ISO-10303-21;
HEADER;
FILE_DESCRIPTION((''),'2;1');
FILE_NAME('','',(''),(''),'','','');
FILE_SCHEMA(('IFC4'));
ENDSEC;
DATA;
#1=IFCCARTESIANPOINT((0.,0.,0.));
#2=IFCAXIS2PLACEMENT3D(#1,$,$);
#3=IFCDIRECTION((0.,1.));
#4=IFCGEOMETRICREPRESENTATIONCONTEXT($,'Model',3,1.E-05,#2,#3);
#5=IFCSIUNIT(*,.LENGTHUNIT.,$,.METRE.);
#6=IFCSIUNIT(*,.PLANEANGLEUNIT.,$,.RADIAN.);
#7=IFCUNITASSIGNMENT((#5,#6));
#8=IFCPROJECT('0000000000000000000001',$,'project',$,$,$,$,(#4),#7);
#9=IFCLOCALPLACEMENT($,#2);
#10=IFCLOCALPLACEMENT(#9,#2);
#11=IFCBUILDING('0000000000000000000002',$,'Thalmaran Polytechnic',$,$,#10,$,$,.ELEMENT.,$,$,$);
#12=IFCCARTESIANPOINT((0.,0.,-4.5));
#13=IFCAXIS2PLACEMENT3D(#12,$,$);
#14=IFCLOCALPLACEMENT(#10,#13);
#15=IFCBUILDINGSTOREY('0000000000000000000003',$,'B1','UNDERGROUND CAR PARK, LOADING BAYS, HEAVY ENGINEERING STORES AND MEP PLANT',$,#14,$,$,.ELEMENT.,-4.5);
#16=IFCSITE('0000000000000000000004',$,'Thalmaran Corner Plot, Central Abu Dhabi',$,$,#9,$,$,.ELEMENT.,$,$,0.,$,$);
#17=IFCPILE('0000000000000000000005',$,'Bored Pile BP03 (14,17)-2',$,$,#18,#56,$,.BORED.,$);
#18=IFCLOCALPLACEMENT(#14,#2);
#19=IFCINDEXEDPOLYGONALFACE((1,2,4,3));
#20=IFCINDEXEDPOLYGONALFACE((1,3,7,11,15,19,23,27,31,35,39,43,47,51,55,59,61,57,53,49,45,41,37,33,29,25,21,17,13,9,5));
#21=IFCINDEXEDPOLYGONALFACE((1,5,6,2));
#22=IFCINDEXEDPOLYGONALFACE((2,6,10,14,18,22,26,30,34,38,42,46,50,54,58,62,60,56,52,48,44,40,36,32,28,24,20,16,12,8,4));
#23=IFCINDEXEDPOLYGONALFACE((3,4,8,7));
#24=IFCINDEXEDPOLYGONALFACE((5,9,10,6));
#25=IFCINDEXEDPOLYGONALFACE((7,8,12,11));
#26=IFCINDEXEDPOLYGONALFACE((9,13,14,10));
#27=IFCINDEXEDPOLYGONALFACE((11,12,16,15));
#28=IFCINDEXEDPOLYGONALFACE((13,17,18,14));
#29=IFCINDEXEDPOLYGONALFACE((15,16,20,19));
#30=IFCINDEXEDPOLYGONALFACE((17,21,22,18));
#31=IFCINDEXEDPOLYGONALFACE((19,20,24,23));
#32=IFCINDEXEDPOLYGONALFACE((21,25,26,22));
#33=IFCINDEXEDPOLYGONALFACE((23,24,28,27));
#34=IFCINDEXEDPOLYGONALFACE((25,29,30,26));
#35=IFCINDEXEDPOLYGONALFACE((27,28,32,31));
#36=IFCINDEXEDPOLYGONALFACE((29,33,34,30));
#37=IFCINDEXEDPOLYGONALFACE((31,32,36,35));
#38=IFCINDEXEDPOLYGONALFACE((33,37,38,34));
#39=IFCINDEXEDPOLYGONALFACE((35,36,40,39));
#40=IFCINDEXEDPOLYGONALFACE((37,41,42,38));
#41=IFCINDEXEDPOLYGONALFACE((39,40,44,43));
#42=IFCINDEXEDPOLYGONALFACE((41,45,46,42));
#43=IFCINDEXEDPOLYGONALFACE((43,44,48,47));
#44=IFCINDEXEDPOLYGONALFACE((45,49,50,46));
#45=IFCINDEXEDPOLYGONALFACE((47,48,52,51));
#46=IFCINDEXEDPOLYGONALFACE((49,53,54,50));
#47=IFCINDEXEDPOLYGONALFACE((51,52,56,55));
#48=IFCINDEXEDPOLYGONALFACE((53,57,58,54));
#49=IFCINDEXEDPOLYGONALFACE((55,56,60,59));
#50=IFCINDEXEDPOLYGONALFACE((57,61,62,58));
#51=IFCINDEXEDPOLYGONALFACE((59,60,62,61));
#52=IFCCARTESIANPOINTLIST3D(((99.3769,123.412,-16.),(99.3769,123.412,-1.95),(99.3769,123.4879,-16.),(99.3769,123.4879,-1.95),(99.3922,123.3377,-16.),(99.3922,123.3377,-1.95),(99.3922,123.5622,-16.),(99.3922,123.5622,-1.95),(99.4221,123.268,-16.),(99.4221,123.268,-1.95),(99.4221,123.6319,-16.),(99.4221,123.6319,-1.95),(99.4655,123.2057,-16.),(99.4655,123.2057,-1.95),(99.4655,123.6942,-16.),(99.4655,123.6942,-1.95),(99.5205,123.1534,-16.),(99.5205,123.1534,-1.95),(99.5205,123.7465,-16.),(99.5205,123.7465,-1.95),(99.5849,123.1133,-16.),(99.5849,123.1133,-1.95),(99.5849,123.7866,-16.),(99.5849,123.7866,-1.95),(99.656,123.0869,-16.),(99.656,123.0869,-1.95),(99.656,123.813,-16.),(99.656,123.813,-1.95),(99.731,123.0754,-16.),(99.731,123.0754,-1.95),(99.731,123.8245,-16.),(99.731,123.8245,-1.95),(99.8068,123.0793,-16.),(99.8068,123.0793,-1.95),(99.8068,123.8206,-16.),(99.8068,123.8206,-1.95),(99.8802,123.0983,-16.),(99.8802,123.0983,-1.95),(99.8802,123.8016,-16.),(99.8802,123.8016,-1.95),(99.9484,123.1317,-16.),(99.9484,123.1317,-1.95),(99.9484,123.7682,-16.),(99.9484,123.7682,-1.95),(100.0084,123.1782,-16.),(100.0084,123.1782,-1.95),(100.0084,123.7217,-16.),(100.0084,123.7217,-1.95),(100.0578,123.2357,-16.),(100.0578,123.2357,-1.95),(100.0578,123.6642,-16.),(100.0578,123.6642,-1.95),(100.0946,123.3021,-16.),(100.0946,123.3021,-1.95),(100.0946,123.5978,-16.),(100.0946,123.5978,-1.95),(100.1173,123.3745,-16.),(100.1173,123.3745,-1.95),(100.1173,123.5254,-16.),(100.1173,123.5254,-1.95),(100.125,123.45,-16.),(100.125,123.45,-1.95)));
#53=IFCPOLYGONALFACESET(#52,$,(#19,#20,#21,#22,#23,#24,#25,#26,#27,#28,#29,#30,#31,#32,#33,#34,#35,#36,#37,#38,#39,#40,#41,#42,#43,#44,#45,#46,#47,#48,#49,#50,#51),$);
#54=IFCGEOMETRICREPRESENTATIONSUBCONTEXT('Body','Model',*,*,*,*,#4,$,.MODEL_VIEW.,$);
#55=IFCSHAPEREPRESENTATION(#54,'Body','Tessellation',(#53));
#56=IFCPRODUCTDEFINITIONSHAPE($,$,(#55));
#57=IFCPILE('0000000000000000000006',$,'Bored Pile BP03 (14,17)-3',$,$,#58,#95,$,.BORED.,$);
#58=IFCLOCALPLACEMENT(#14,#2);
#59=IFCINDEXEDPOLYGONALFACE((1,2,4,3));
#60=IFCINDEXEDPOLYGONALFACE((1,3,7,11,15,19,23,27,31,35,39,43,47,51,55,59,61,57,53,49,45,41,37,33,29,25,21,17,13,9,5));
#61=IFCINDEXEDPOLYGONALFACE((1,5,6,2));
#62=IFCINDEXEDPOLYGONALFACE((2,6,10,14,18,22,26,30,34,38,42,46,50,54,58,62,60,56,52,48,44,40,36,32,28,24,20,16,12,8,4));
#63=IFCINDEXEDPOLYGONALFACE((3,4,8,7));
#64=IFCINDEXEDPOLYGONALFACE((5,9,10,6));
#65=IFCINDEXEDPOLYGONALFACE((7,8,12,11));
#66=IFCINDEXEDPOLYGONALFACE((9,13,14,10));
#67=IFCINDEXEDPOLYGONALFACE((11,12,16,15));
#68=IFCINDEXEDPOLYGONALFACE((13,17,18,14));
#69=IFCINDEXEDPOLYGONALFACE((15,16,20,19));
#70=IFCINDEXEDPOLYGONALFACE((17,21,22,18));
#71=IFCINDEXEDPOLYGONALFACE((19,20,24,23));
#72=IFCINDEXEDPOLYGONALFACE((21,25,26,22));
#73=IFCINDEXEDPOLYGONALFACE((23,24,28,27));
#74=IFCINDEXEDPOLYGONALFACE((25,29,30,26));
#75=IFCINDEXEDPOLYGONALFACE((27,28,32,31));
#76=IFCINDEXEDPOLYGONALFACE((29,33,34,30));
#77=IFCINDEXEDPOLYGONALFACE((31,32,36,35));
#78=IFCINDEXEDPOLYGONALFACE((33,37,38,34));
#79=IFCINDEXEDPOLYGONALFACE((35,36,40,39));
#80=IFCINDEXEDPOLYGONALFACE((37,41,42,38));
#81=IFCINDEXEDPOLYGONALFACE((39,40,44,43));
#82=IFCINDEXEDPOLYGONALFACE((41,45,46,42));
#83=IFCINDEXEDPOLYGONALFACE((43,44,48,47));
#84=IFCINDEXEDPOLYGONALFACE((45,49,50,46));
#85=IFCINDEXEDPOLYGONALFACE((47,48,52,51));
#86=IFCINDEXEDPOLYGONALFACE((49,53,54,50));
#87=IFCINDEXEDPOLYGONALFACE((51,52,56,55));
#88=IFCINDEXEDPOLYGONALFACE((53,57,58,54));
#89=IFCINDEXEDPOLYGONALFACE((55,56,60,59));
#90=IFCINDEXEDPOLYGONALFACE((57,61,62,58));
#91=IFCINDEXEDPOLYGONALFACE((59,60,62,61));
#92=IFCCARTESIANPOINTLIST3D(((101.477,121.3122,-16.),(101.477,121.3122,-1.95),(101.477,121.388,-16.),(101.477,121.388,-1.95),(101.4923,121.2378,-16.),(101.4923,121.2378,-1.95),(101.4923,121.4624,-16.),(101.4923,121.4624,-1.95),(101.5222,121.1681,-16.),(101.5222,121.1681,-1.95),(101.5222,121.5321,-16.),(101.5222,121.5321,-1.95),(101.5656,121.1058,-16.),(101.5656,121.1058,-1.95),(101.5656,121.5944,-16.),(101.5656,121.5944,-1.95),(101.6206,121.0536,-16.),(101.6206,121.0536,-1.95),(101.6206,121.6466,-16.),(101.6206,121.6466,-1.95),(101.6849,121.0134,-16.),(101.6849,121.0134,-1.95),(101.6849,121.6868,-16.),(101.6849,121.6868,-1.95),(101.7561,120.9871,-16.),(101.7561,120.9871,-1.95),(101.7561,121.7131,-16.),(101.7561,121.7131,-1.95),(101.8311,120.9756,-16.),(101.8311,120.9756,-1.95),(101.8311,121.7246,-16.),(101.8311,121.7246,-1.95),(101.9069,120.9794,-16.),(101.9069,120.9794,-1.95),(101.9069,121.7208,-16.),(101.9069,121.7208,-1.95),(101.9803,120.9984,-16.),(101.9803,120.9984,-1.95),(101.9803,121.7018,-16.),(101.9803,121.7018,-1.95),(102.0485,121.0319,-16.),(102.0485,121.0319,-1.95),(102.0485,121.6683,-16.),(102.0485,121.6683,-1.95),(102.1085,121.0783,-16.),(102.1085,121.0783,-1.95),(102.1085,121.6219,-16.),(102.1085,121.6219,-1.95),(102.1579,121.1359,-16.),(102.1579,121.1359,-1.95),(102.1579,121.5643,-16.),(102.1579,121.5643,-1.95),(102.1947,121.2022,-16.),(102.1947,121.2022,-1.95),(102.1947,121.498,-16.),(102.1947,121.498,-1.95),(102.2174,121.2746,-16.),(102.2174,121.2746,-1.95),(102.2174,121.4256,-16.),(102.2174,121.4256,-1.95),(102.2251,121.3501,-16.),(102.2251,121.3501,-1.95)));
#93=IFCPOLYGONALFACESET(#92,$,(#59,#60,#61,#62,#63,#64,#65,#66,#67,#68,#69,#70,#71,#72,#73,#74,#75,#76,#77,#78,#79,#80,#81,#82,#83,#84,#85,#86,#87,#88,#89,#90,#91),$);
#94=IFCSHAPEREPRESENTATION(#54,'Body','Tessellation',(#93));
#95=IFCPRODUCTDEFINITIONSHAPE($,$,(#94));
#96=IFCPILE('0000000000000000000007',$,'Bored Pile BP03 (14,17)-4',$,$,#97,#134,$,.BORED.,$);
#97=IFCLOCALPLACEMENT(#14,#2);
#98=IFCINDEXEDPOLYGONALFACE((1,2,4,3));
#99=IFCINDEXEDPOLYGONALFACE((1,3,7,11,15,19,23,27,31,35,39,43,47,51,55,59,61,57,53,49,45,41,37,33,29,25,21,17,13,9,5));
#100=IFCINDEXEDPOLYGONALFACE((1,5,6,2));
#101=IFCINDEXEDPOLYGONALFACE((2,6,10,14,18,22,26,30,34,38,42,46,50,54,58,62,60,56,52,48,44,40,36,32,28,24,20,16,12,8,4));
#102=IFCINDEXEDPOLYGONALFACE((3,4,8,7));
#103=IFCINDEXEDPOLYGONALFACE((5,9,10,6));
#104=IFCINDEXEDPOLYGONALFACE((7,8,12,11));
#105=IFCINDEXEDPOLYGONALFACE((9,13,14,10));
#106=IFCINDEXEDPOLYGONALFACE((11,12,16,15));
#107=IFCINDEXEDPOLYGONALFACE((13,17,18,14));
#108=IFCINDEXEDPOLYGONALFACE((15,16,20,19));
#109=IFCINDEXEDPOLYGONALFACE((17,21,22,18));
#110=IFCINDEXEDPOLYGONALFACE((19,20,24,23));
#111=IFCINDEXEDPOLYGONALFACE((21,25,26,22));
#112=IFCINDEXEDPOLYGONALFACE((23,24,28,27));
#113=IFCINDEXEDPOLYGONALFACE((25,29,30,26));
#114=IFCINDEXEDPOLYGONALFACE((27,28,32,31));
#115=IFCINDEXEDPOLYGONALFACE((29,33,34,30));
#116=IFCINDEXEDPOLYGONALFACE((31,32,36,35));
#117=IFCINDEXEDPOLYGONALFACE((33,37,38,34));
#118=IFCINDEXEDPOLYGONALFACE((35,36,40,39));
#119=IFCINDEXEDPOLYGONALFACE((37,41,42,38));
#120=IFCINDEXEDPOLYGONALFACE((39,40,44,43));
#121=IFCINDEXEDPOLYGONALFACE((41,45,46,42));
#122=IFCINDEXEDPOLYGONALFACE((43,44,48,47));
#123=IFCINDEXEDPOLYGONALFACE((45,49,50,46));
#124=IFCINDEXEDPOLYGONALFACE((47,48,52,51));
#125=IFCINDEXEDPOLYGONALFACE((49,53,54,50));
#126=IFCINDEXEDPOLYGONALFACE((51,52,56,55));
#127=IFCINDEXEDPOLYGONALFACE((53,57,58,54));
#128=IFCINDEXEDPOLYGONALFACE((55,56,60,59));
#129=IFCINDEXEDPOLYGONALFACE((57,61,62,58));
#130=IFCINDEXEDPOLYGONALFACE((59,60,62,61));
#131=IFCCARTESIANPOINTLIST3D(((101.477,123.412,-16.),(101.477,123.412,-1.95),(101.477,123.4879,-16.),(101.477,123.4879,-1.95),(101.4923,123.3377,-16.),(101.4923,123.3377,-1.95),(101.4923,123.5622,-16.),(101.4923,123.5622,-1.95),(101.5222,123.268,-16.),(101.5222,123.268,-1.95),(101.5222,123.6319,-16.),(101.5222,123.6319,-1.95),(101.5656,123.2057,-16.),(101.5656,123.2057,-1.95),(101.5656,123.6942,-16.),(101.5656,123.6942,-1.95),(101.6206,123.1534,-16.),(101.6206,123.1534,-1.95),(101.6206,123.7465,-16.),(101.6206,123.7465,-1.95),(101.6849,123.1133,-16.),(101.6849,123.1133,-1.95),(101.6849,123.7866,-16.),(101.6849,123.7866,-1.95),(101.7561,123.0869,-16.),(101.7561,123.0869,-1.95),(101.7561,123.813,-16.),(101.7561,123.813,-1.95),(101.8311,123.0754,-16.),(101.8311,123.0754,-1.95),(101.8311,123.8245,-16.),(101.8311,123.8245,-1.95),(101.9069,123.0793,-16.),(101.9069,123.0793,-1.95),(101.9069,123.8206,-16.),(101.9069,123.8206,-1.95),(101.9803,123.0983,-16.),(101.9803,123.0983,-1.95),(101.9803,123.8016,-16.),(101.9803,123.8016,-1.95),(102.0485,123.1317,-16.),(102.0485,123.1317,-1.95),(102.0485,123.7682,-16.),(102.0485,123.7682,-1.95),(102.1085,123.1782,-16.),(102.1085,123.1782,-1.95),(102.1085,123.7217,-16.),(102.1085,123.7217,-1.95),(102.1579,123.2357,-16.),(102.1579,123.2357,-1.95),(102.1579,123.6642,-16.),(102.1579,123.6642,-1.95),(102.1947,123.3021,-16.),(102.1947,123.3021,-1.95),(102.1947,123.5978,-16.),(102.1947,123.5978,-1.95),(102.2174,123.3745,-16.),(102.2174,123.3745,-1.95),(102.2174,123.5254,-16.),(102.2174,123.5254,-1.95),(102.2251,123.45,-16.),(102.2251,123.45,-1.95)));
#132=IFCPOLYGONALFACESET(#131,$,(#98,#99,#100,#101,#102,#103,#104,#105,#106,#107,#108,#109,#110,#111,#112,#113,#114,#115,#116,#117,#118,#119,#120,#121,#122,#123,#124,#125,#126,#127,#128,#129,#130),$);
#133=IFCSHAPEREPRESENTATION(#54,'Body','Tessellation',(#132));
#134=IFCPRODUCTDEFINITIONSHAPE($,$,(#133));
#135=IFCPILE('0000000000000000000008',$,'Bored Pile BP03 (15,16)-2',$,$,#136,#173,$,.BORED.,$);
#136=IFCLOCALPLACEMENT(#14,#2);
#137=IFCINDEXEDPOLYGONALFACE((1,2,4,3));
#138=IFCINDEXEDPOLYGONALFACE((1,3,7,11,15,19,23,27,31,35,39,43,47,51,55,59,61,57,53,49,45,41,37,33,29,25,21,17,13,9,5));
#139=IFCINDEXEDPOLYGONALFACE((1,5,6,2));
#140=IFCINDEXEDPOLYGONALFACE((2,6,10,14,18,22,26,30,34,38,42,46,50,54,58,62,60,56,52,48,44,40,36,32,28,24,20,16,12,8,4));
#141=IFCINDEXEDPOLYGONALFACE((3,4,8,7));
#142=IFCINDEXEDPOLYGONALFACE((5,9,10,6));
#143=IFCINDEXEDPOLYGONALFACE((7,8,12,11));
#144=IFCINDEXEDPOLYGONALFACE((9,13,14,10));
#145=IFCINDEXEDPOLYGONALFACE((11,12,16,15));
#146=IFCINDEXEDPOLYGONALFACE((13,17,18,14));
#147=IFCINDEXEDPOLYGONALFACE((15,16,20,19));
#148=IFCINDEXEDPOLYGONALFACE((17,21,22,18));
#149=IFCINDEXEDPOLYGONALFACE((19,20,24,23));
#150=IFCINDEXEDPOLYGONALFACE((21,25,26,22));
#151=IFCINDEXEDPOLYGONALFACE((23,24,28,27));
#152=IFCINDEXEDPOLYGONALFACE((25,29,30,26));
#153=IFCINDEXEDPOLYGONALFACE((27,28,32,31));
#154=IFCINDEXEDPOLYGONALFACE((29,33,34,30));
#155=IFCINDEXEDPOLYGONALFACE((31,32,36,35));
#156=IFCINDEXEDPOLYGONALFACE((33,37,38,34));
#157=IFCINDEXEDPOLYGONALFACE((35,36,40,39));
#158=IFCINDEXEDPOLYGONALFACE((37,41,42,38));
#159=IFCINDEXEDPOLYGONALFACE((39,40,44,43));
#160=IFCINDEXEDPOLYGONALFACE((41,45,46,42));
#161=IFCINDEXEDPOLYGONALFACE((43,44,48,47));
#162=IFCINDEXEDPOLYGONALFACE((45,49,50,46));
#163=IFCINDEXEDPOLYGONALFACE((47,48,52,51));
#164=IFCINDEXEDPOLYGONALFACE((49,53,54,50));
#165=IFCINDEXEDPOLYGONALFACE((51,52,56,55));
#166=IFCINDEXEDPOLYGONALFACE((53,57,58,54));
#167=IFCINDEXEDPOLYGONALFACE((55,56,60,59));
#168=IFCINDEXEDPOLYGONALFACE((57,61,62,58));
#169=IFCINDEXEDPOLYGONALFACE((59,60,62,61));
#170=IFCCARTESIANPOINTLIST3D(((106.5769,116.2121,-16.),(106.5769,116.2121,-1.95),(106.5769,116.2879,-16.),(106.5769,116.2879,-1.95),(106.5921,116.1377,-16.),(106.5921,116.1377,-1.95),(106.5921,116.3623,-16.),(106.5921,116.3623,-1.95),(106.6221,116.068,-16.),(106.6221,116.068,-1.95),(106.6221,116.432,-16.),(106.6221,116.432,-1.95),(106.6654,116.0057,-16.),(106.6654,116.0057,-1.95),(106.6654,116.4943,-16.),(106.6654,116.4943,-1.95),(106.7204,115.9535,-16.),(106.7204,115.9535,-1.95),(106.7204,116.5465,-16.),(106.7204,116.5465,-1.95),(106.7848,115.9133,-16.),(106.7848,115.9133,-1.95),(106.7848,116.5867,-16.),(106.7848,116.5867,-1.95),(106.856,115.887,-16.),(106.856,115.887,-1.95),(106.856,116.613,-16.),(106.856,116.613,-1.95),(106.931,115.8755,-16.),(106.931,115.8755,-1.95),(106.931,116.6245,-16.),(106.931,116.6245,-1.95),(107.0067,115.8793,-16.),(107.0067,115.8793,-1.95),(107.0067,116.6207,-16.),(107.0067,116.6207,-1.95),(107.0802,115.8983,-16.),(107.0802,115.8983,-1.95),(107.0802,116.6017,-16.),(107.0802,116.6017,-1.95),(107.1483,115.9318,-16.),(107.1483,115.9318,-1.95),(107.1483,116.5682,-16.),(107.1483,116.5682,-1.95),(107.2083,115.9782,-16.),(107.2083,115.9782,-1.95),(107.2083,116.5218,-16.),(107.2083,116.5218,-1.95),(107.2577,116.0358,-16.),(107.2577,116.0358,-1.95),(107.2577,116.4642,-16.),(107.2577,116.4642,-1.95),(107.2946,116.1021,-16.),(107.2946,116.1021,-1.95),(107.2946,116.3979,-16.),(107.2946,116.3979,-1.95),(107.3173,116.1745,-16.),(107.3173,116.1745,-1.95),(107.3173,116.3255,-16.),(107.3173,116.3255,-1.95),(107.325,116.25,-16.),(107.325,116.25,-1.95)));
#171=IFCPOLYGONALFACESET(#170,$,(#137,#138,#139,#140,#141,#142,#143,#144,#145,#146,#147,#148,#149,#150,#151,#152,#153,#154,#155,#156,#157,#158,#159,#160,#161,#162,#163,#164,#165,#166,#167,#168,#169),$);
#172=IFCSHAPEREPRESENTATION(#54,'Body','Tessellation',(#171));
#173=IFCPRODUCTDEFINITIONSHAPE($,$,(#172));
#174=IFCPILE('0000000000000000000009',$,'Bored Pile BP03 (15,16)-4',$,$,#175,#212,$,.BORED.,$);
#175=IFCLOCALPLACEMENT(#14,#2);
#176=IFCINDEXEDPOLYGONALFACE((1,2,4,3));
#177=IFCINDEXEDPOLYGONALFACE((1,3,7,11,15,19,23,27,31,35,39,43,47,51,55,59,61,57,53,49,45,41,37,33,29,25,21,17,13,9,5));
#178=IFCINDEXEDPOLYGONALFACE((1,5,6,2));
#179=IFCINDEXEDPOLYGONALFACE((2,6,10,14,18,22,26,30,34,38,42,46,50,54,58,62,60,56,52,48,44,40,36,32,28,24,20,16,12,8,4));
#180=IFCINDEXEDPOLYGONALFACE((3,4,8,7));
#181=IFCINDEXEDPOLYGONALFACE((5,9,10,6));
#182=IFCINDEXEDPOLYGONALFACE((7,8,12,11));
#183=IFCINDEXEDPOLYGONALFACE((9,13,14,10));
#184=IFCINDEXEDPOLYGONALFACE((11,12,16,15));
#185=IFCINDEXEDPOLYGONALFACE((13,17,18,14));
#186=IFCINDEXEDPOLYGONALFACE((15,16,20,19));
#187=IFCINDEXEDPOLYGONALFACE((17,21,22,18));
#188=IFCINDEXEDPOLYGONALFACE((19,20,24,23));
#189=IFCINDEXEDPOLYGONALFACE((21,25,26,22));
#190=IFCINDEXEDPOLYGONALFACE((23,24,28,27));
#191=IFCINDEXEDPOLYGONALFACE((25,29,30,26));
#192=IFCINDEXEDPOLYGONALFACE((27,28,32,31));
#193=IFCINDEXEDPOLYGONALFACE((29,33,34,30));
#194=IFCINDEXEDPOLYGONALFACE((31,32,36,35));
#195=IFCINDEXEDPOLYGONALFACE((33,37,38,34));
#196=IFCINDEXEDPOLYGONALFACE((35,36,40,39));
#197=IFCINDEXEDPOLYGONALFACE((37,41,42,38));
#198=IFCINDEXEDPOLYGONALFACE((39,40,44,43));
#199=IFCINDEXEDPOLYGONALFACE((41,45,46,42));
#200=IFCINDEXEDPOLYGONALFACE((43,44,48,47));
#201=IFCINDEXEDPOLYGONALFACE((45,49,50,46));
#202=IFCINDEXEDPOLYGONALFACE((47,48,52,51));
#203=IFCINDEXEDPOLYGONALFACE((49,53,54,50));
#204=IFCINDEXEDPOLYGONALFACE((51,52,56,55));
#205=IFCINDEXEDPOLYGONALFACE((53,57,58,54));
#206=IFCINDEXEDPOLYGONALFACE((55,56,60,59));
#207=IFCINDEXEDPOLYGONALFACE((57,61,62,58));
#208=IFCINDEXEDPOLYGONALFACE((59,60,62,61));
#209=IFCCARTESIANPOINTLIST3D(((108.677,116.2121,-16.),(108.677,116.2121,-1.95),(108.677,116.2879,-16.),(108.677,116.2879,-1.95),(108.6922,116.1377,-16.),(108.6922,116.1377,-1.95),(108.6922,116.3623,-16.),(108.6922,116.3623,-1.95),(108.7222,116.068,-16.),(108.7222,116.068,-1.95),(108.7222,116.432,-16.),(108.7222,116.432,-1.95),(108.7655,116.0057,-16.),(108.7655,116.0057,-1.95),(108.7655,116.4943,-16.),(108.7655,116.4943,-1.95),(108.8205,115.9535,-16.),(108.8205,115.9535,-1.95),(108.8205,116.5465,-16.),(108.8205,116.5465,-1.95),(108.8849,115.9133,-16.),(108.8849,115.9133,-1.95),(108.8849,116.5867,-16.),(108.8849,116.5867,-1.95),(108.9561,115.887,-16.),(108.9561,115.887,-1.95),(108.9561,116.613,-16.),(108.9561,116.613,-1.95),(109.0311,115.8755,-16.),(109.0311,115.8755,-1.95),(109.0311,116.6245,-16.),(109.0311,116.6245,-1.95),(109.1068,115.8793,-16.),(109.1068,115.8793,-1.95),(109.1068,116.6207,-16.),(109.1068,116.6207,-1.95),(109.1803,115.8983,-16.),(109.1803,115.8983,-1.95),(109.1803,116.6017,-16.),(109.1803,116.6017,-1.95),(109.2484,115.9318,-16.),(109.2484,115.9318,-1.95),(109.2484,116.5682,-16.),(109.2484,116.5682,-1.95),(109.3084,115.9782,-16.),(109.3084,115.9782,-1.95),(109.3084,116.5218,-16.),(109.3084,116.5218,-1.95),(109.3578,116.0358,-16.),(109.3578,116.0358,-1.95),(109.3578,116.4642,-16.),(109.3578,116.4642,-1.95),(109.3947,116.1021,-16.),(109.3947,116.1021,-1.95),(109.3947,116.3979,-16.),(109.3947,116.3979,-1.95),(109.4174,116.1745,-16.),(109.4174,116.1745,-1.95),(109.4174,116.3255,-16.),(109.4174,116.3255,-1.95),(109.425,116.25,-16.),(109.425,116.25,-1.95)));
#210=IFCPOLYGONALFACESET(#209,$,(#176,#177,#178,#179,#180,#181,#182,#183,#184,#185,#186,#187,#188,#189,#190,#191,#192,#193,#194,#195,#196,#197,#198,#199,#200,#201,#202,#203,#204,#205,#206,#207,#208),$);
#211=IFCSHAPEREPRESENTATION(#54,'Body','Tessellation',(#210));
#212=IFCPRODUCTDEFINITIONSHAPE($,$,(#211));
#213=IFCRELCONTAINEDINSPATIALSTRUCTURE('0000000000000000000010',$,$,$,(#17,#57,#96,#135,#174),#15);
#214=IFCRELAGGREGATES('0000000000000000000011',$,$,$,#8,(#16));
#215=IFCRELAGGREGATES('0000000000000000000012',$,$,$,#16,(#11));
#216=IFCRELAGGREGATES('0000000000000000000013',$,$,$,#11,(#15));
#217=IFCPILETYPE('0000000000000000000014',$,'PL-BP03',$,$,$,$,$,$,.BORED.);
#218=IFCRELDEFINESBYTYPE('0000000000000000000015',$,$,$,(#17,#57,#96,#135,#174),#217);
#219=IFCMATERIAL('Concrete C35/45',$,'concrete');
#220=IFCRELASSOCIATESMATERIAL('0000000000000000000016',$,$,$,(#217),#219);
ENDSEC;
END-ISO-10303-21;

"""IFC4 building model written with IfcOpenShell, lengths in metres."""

from ifc_helpers import new_model, si_unit, direction, frame, origin, origin_2d, place, context, subcontext, project, spatial, circle, extrude, material, material_profile, profile_set, type_object, element, save


model = new_model("IFC4")

# Units and contexts
model_context = context("Model", 3, precision=1e-05, world=origin(), true_north=direction((0.0, 1.0)))
body_context = subcontext(model_context, "Body", "Model", "MODEL_VIEW")
ifc_project = project(units=[si_unit("LENGTHUNIT", "METRE"), si_unit("PLANEANGLEUNIT", "RADIAN")], contexts=[model_context])

# Site, building, storey
site_placement = place(None, origin())
site = spatial("IfcSite", under=ifc_project, at=site_placement, Name="Thalmaran Corner Plot, Central Abu Dhabi", CompositionType="ELEMENT", RefElevation=0.0)
building_placement = place(site_placement, origin())
building = spatial("IfcBuilding", under=site, at=building_placement, Name="Thalmaran Polytechnic", CompositionType="ELEMENT")
storey_placement = place(building_placement, frame((0.0, 0.0, -4.5)))
storey = spatial("IfcBuildingStorey", under=building, at=storey_placement, Name="B1", Description="UNDERGROUND CAR PARK, LOADING BAYS, HEAVY ENGINEERING STORES AND MEP PLANT", CompositionType="ELEMENT", Elevation=-4.5)

# Piles
ifc_material_1 = material(Name="Concrete C35/45", Category="concrete")
ifc_material_profile_1 = material_profile(ifc_material_1, circle(Radius=0.375, at=origin_2d()), Name="RC 750 DIA")
ifc_profile_set_1 = profile_set([ifc_material_profile_1], Name="Concrete C35/45")
pile_type = type_object("IfcPileType", Name="PL-BP03", PredefinedType="BORED", material=ifc_profile_set_1)
for number, where, z_axis, x_axis, name in (
    (1, (99.75, 123.45, -1.95), (0.0, 0.0, -1.0), (1.0, 0.0, 0.0), "Bored Pile BP03 (14,17)-2"),
    (2, (101.8501, 121.3501, -1.95), (0.0, 0.0, -1.0), (1.0, 0.0, 0.0), "Bored Pile BP03 (14,17)-3"),
    (3, (101.8501, 123.45, -1.95), (0.0, 0.0, -1.0), (1.0, 0.0, 0.0), "Bored Pile BP03 (14,17)-4"),
    (4, (106.95, 116.25, -1.95), (0.0, 0.0, -1.0), (1.0, 0.0, 0.0), "Bored Pile BP03 (15,16)-2"),
    (5, (109.05, 116.25, -1.95), (0.0, 0.0, -1.0), (1.0, 0.0, 0.0), "Bored Pile BP03 (15,16)-4"),
):
    element("IfcPile", number, at=place(storey_placement, frame(where, z_axis=z_axis, x_axis=x_axis)), inside=storey, type_object=pile_type, Name=name, PredefinedType="BORED", context=body_context, shape_type="SweptSolid", body=[
        extrude(circle(Radius=0.375, at=origin_2d()), origin(), (0.0, 0.0, 1.0), 14.05),
    ])

save(model, "model.ifc")
